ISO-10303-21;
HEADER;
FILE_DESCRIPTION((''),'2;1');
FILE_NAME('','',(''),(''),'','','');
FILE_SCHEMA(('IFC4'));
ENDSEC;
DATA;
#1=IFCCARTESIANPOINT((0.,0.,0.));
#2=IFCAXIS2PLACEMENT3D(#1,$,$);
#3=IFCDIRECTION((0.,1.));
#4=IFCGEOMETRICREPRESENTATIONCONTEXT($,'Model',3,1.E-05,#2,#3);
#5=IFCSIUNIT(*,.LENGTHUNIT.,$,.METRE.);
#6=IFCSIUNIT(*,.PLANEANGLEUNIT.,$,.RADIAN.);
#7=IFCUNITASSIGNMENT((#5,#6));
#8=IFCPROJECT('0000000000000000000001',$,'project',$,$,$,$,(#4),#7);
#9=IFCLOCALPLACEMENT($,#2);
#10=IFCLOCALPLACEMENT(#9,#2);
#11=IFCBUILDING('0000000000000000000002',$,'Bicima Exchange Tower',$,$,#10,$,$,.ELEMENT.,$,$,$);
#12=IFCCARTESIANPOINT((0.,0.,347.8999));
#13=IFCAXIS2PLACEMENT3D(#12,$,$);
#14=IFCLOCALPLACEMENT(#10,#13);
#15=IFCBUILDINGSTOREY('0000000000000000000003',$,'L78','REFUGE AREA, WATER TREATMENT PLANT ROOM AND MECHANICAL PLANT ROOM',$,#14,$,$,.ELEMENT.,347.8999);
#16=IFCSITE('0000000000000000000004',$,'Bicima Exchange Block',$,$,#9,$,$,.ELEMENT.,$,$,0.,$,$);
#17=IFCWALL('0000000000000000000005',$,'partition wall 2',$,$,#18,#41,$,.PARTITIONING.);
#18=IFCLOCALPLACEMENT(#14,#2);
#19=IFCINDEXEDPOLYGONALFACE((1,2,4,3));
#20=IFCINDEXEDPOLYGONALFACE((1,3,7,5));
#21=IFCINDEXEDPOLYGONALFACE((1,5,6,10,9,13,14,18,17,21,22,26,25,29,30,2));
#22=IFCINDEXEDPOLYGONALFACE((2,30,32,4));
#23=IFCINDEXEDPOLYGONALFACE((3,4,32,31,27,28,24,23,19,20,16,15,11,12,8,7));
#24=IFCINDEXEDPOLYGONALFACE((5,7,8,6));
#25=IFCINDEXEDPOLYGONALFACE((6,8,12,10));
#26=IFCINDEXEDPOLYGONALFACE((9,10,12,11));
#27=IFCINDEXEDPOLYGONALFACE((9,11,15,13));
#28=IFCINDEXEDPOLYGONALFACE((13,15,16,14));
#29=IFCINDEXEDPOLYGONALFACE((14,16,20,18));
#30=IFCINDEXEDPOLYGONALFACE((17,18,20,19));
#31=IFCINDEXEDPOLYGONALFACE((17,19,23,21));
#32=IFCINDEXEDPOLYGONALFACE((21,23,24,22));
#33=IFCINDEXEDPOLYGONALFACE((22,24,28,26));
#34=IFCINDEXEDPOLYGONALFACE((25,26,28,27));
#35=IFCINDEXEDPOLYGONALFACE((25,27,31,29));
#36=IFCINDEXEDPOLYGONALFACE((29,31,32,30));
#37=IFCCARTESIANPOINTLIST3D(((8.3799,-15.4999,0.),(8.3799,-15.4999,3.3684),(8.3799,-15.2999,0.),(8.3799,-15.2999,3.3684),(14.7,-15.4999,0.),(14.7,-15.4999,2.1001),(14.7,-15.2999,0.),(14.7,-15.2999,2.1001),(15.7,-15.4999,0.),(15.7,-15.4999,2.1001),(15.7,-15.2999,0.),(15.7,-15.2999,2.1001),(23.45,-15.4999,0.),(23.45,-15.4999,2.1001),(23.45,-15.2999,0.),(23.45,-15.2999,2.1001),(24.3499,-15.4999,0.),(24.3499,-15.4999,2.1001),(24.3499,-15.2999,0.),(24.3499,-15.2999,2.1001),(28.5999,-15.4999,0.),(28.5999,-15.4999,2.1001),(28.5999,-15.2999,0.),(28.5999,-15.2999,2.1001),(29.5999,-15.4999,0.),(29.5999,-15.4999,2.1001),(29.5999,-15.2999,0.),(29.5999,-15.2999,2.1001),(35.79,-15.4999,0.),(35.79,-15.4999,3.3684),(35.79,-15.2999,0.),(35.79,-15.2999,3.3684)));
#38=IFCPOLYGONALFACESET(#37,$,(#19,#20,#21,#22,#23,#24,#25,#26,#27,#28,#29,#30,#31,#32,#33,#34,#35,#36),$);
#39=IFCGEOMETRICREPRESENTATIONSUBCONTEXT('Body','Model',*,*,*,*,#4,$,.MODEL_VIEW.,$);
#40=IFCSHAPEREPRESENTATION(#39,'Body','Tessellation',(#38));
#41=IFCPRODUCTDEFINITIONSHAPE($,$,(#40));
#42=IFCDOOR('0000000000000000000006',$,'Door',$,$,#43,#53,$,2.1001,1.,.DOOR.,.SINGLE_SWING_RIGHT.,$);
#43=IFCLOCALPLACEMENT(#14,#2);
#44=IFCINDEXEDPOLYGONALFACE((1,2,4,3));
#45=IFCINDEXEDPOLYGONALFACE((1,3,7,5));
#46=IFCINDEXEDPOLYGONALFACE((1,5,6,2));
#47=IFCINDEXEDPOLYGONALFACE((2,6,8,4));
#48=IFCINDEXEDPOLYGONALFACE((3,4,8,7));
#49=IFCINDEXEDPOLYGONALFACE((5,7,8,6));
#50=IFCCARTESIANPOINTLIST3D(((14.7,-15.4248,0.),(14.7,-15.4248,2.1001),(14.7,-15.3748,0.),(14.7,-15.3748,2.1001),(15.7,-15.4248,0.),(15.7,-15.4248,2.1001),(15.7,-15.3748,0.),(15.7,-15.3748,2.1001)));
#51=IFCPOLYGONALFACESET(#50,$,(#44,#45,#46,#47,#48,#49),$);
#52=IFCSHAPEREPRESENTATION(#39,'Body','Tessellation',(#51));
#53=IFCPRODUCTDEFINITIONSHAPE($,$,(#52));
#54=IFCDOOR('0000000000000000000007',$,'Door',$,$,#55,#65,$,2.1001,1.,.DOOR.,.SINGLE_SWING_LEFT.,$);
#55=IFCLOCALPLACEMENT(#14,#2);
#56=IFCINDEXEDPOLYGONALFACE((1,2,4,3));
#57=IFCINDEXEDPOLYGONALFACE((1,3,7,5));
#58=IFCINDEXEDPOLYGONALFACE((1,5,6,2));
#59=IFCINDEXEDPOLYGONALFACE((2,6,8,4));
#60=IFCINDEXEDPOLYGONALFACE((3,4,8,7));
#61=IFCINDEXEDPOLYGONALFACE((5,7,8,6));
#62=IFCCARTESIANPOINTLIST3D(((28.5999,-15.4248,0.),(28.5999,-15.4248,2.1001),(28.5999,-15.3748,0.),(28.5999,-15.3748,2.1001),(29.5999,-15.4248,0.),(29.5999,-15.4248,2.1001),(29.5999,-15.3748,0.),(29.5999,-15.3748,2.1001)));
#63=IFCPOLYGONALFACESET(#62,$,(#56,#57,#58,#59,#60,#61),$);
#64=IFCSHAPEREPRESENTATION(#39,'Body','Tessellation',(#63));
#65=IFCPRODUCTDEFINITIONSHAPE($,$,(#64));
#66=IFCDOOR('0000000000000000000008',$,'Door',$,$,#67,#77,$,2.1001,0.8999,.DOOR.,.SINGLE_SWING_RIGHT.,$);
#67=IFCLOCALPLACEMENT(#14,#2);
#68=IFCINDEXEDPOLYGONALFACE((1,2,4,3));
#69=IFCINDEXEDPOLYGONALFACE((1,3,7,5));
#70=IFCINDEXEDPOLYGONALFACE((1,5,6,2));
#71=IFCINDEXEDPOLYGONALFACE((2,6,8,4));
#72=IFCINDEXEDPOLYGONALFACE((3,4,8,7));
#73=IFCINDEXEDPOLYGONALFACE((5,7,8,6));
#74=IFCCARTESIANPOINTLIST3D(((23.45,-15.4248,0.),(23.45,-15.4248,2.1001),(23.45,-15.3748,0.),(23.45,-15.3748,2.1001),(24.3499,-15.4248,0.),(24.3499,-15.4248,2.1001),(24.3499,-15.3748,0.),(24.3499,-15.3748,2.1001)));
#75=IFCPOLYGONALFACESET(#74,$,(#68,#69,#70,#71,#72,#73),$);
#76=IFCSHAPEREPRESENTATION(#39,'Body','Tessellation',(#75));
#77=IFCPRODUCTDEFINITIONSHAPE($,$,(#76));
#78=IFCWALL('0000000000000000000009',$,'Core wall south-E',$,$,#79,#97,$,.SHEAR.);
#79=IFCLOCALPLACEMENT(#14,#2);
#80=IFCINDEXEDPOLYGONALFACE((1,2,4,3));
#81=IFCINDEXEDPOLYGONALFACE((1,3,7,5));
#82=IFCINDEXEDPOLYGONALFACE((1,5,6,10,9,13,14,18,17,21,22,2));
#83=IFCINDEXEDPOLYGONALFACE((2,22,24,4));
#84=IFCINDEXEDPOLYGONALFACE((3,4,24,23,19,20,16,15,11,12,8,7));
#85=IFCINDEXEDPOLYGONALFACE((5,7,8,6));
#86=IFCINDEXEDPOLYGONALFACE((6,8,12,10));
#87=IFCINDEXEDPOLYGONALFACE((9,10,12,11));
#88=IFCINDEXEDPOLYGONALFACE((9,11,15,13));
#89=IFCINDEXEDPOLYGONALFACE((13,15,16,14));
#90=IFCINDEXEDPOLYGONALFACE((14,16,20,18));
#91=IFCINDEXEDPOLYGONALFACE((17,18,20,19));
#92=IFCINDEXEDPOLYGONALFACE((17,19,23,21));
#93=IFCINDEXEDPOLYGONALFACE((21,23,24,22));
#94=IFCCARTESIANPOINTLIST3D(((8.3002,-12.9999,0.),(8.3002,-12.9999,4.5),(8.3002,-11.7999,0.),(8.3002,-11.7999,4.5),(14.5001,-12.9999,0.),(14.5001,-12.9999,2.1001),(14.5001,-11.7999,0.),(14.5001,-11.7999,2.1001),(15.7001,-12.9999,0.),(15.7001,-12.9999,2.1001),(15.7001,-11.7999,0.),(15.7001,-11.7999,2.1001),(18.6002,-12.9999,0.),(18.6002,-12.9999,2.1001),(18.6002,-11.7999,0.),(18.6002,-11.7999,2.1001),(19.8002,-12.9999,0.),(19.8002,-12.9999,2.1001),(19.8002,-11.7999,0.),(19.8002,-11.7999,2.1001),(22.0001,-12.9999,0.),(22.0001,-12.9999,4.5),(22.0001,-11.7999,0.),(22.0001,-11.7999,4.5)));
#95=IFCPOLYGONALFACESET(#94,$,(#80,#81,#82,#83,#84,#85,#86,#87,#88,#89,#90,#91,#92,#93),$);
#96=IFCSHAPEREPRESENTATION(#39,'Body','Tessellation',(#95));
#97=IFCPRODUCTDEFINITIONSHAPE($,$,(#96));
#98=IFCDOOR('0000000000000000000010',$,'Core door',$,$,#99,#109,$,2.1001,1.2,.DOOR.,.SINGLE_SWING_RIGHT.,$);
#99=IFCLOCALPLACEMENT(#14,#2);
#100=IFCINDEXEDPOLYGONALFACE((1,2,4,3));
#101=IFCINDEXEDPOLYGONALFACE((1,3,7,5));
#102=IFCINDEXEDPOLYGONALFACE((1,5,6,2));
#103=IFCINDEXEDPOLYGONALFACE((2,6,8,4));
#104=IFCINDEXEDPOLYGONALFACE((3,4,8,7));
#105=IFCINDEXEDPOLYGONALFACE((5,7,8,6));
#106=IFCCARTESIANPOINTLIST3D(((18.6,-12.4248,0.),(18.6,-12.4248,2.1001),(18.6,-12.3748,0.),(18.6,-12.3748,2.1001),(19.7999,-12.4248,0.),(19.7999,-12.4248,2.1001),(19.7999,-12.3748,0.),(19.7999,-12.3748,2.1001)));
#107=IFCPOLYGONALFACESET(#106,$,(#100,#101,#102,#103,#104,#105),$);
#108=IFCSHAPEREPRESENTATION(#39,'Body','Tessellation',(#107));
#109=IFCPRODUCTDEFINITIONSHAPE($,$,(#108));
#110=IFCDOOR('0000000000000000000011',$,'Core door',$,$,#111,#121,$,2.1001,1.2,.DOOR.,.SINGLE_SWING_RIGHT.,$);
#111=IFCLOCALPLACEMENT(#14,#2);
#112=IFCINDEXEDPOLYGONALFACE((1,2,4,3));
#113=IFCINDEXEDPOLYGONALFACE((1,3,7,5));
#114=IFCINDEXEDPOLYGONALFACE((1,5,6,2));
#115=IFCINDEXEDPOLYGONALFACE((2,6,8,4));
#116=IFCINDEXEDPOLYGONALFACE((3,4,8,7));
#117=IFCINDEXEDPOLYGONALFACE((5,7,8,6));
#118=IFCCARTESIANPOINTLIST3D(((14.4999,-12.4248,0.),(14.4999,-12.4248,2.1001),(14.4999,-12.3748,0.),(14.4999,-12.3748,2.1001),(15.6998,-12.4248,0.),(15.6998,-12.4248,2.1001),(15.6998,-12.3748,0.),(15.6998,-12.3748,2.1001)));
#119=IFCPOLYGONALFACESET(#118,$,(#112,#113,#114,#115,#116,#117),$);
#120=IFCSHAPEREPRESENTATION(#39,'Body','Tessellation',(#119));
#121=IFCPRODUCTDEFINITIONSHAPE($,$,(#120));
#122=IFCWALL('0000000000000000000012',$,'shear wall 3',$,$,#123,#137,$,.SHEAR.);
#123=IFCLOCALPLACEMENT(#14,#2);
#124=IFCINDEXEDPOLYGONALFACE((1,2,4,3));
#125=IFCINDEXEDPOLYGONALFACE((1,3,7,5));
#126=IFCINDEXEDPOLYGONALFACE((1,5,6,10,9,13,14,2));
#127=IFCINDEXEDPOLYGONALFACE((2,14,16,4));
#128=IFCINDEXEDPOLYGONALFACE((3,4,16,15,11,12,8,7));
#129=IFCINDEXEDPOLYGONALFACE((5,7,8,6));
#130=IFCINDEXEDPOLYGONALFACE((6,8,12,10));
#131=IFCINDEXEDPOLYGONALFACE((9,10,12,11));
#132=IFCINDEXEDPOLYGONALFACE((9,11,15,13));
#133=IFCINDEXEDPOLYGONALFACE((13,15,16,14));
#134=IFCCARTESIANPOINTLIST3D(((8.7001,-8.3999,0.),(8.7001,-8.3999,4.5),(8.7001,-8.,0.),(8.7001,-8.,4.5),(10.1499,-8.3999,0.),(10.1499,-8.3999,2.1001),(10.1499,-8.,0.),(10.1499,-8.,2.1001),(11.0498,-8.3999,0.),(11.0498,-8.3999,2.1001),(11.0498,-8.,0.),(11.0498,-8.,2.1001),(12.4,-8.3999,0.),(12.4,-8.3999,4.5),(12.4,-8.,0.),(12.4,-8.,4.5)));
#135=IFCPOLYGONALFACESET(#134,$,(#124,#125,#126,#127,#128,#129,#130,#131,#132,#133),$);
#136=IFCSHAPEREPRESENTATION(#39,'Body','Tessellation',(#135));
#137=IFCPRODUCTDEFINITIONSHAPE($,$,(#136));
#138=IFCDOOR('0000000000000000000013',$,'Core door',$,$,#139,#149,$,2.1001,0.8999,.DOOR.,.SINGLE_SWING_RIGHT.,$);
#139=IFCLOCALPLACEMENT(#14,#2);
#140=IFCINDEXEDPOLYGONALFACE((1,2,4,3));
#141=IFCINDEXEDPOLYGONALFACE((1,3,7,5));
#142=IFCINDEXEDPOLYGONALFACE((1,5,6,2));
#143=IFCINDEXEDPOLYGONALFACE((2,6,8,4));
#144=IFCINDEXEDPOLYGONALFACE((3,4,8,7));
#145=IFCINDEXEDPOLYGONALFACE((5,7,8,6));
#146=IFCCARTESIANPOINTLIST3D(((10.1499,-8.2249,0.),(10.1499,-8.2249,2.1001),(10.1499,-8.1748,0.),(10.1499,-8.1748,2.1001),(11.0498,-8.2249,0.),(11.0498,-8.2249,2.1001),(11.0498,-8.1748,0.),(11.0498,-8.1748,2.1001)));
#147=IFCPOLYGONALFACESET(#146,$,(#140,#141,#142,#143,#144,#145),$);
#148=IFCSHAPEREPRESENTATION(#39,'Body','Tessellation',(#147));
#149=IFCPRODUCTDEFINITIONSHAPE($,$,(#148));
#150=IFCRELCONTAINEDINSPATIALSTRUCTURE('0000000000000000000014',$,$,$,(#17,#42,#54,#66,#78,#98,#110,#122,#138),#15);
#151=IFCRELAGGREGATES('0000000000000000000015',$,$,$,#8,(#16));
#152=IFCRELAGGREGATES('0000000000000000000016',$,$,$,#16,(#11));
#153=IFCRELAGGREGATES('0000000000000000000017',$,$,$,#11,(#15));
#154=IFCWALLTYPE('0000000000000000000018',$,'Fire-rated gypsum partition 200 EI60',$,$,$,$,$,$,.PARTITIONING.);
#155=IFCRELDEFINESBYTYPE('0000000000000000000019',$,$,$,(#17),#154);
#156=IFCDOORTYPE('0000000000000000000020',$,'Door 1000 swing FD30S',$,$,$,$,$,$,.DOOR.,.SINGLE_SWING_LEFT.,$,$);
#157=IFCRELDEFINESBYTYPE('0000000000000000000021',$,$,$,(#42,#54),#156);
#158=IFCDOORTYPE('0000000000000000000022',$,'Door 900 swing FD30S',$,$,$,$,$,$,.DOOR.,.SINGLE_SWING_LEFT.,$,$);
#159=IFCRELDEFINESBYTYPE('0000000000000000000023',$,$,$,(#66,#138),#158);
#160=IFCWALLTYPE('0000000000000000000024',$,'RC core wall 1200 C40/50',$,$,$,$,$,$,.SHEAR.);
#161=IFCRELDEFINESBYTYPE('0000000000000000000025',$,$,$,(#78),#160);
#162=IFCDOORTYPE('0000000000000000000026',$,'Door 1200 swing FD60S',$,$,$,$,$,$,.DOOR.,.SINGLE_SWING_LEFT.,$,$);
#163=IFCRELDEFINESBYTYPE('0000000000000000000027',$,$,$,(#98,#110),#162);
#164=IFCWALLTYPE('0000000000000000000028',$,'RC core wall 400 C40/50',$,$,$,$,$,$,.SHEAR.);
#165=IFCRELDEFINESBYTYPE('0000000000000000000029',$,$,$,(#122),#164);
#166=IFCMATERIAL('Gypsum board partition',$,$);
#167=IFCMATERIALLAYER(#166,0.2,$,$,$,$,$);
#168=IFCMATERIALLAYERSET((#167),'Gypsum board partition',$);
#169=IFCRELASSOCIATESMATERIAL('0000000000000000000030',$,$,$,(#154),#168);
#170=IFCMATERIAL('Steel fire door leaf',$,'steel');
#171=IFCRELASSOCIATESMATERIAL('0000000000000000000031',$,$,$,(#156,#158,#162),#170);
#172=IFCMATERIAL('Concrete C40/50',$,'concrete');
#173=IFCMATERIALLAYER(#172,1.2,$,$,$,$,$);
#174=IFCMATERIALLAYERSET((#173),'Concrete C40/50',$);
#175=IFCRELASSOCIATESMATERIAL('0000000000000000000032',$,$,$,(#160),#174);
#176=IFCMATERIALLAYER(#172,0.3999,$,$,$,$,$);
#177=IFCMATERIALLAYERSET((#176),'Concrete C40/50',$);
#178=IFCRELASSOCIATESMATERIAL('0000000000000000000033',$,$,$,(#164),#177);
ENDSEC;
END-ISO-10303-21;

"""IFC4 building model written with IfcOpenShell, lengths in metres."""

from ifc_helpers import new_model, si_unit, direction, frame, frame_2d, origin, place, context, subcontext, project, spatial, rectangle, extrude, material, layer, layer_set, type_object, element, fill, save


model = new_model("IFC4")

# Units and contexts
model_context = context("Model", 3, precision=1e-05, world=origin(), true_north=direction((0.0, 1.0)))
body_context = subcontext(model_context, "Body", "Model", "MODEL_VIEW")
ifc_project = project(units=[si_unit("LENGTHUNIT", "METRE"), si_unit("PLANEANGLEUNIT", "RADIAN")], contexts=[model_context])

# Site, building, storey
site_placement = place(None, origin())
site = spatial("IfcSite", under=ifc_project, at=site_placement, Name="Bicima Exchange Block", CompositionType="ELEMENT", RefElevation=0.0)
building_placement = place(site_placement, origin())
building = spatial("IfcBuilding", under=site, at=building_placement, Name="Bicima Exchange Tower", CompositionType="ELEMENT")
storey_placement = place(building_placement, frame((0.0, 0.0, 347.8999)))
storey = spatial("IfcBuildingStorey", under=building, at=storey_placement, Name="L78", Description="REFUGE AREA, WATER TREATMENT PLANT ROOM AND MECHANICAL PLANT ROOM", CompositionType="ELEMENT", Elevation=347.8999)

# Shared definitions
ifc_material_1 = material(Name="Concrete C40/50", Category="concrete")

# Walls, openings, doors
ifc_material_2 = material(Name="Gypsum board partition")
ifc_layer_1 = layer(ifc_material_2, 0.2)
ifc_layer_set_1 = layer_set([ifc_layer_1], Name="Gypsum board partition")
wall_type_1 = type_object("IfcWallType", Name="Fire-rated gypsum partition 200 EI60", PredefinedType="PARTITIONING", material=ifc_layer_set_1)
wall_1_placement = place(storey_placement, frame((8.3799, -15.3999, 0.0), z_axis=(0.0, 0.0, 1.0), x_axis=(1.0, 0.0, 0.0)))
wall_1 = element("IfcWall", 1, at=wall_1_placement, inside=storey, type_object=wall_type_1, Name="partition wall 2", PredefinedType="PARTITIONING", context=body_context, shape_type="SweptSolid", body=[
    extrude(rectangle(XDim=27.4102, YDim=0.2, at=frame_2d((13.7051, 0.0))), origin(), (0.0, 0.0, 1.0), 3.3684),
])
opening_1_placement = place(wall_1_placement, frame((6.3201, 0.0, 0.0)))
opening_1 = element("IfcOpeningElement", 2, at=opening_1_placement, cuts=wall_1, PredefinedType="OPENING", context=body_context, shape_type="SweptSolid", body=[
    extrude(rectangle(XDim=1.0, YDim=2.1001, at=frame_2d((0.5, 1.05))), frame((0.0, 0.1118, 0.0), z_axis=(0.0, -1.0, 0.0), x_axis=(1.0, 0.0, 0.0)), (0.0, 0.0, 1.0), 0.2239),
])
opening_2_placement = place(wall_1_placement, frame((15.0701, 0.0, 0.0)))
opening_2 = element("IfcOpeningElement", 3, at=opening_2_placement, cuts=wall_1, PredefinedType="OPENING", context=body_context, shape_type="SweptSolid", body=[
    extrude(rectangle(XDim=0.8999, YDim=2.1001, at=frame_2d((0.45, 1.05))), frame((0.0, 0.1118, 0.0), z_axis=(0.0, -1.0, 0.0), x_axis=(1.0, 0.0, 0.0)), (0.0, 0.0, 1.0), 0.2239),
])
opening_3_placement = place(wall_1_placement, frame((20.22, 0.0, 0.0)))
opening_3 = element("IfcOpeningElement", 4, at=opening_3_placement, cuts=wall_1, PredefinedType="OPENING", context=body_context, shape_type="SweptSolid", body=[
    extrude(rectangle(XDim=1.0, YDim=2.1001, at=frame_2d((0.5, 1.05))), frame((0.0, 0.1118, 0.0), z_axis=(0.0, -1.0, 0.0), x_axis=(1.0, 0.0, 0.0)), (0.0, 0.0, 1.0), 0.2239),
])
ifc_material_3 = material(Name="Steel fire door leaf", Category="steel")
door_type_1 = type_object("IfcDoorType", Name="Door 1000 swing FD30S", OperationType="SINGLE_SWING_LEFT", PredefinedType="DOOR", material=ifc_material_3)
door_1_placement = place(opening_1_placement, frame((1.0, 0.0, 0.0), z_axis=(0.0, 0.0, 1.0), x_axis=(-1.0, 0.0, 0.0)))
door_1 = element("IfcDoor", 5, at=door_1_placement, inside=storey, type_object=door_type_1, Name="Door", OperationType="SINGLE_SWING_RIGHT", OverallHeight=2.1001, OverallWidth=1.0, PredefinedType="DOOR", context=body_context, shape_type="SweptSolid", body=[
    extrude(rectangle(XDim=1.0, YDim=2.1001, at=frame_2d((0.5, 1.05))), frame((0.0, 0.0249, 0.0), z_axis=(0.0, -1.0, 0.0), x_axis=(1.0, 0.0, 0.0)), (0.0, 0.0, 1.0), 0.05),
])
fill(opening_1, door_1)
door_2_placement = place(opening_3_placement, frame((1.0, 0.0, 0.0), z_axis=(0.0, 0.0, 1.0), x_axis=(-1.0, 0.0, 0.0)))
door_2 = element("IfcDoor", 6, at=door_2_placement, inside=storey, type_object=door_type_1, Name="Door", OperationType="SINGLE_SWING_LEFT", OverallHeight=2.1001, OverallWidth=1.0, PredefinedType="DOOR", context=body_context, shape_type="SweptSolid", body=[
    extrude(rectangle(XDim=1.0, YDim=2.1001, at=frame_2d((0.5, 1.05))), frame((0.0, 0.0249, 0.0), z_axis=(0.0, -1.0, 0.0), x_axis=(1.0, 0.0, 0.0)), (0.0, 0.0, 1.0), 0.05),
])
fill(opening_3, door_2)
door_type_2 = type_object("IfcDoorType", Name="Door 900 swing FD30S", OperationType="SINGLE_SWING_LEFT", PredefinedType="DOOR", material=ifc_material_3)
door_3_placement = place(opening_2_placement, frame((0.8999, 0.0, 0.0), z_axis=(0.0, 0.0, 1.0), x_axis=(-1.0, 0.0, 0.0)))
door_3 = element("IfcDoor", 7, at=door_3_placement, inside=storey, type_object=door_type_2, Name="Door", OperationType="SINGLE_SWING_RIGHT", OverallHeight=2.1001, OverallWidth=0.8999, PredefinedType="DOOR", context=body_context, shape_type="SweptSolid", body=[
    extrude(rectangle(XDim=0.8999, YDim=2.1001, at=frame_2d((0.45, 1.05))), frame((0.0, 0.0249, 0.0), z_axis=(0.0, -1.0, 0.0), x_axis=(1.0, 0.0, 0.0)), (0.0, 0.0, 1.0), 0.05),
])
fill(opening_2, door_3)
ifc_layer_2 = layer(ifc_material_1, 1.2)
ifc_layer_set_2 = layer_set([ifc_layer_2], Name="Concrete C40/50")
wall_type_2 = type_object("IfcWallType", Name="RC core wall 1200 C40/50", PredefinedType="SHEAR", material=ifc_layer_set_2)
wall_2_placement = place(storey_placement, frame((8.3, -12.3999, 0.0), z_axis=(0.0, 0.0, 1.0), x_axis=(1.0, 0.0, 0.0)))
wall_2 = element("IfcWall", 8, at=wall_2_placement, inside=storey, type_object=wall_type_2, Name="Core wall south-E", PredefinedType="SHEAR", context=body_context, shape_type="SweptSolid", body=[
    extrude(rectangle(XDim=13.7, YDim=1.2, at=frame_2d((6.8501, 0.0))), origin(), (0.0, 0.0, 1.0), 4.5),
])
opening_4_placement = place(wall_2_placement, frame((10.3, 0.0, 0.0)))
opening_4 = element("IfcOpeningElement", 9, at=opening_4_placement, cuts=wall_2, PredefinedType="OPENING", context=body_context, shape_type="SweptSolid", body=[
    extrude(rectangle(XDim=1.2, YDim=2.1001, at=frame_2d((0.6001, 1.05))), frame((0.0, 0.6118, 0.0), z_axis=(0.0, -1.0, 0.0), x_axis=(1.0, 0.0, 0.0)), (0.0, 0.0, 1.0), 1.2239),
])
opening_5_placement = place(wall_2_placement, frame((6.2, 0.0, 0.0)))
opening_5 = element("IfcOpeningElement", 10, at=opening_5_placement, cuts=wall_2, PredefinedType="OPENING", context=body_context, shape_type="SweptSolid", body=[
    extrude(rectangle(XDim=1.2, YDim=2.1001, at=frame_2d((0.6001, 1.05))), frame((0.0, 0.6118, 0.0), z_axis=(0.0, -1.0, 0.0), x_axis=(1.0, 0.0, 0.0)), (0.0, 0.0, 1.0), 1.2239),
])
door_type_3 = type_object("IfcDoorType", Name="Door 1200 swing FD60S", OperationType="SINGLE_SWING_LEFT", PredefinedType="DOOR", material=ifc_material_3)
door_4_placement = place(opening_4_placement, frame((1.2, 0.0, 0.0), z_axis=(0.0, 0.0, 1.0), x_axis=(-1.0, 0.0, 0.0)))
door_4 = element("IfcDoor", 11, at=door_4_placement, inside=storey, type_object=door_type_3, Name="Core door", OperationType="SINGLE_SWING_RIGHT", OverallHeight=2.1001, OverallWidth=1.2, PredefinedType="DOOR", context=body_context, shape_type="SweptSolid", body=[
    extrude(rectangle(XDim=1.2, YDim=2.1001, at=frame_2d((0.6001, 1.05))), frame((0.0, 0.0249, 0.0), z_axis=(0.0, -1.0, 0.0), x_axis=(1.0, 0.0, 0.0)), (0.0, 0.0, 1.0), 0.05),
])
fill(opening_4, door_4)
door_5_placement = place(opening_5_placement, frame((1.2, 0.0, 0.0), z_axis=(0.0, 0.0, 1.0), x_axis=(-1.0, 0.0, 0.0)))
door_5 = element("IfcDoor", 12, at=door_5_placement, inside=storey, type_object=door_type_3, Name="Core door", OperationType="SINGLE_SWING_RIGHT", OverallHeight=2.1001, OverallWidth=1.2, PredefinedType="DOOR", context=body_context, shape_type="SweptSolid", body=[
    extrude(rectangle(XDim=1.2, YDim=2.1001, at=frame_2d((0.6001, 1.05))), frame((0.0, 0.0249, 0.0), z_axis=(0.0, -1.0, 0.0), x_axis=(1.0, 0.0, 0.0)), (0.0, 0.0, 1.0), 0.05),
])
fill(opening_5, door_5)

# Wall, opening, door
ifc_layer_3 = layer(ifc_material_1, 0.3999)
ifc_layer_set_3 = layer_set([ifc_layer_3], Name="Concrete C40/50")
wall_type_3 = type_object("IfcWallType", Name="RC core wall 400 C40/50", PredefinedType="SHEAR", material=ifc_layer_set_3)
wall_3_placement = place(storey_placement, frame((8.7, -8.2, 0.0), z_axis=(0.0, 0.0, 1.0), x_axis=(1.0, 0.0, 0.0)))
wall_3 = element("IfcWall", 13, at=wall_3_placement, inside=storey, type_object=wall_type_3, Name="shear wall 3", PredefinedType="SHEAR", context=body_context, shape_type="SweptSolid", body=[
    extrude(rectangle(XDim=3.7, YDim=0.3999, at=frame_2d((1.8501, 0.0))), origin(), (0.0, 0.0, 1.0), 4.5),
])
opening_6_placement = place(wall_3_placement, frame((1.45, 0.0, 0.0)))
opening_6 = element("IfcOpeningElement", 14, at=opening_6_placement, cuts=wall_3, PredefinedType="OPENING", context=body_context, shape_type="SweptSolid", body=[
    extrude(rectangle(XDim=0.8999, YDim=2.1001, at=frame_2d((0.45, 1.05))), frame((0.0, 0.2119, 0.0), z_axis=(0.0, -1.0, 0.0), x_axis=(1.0, 0.0, 0.0)), (0.0, 0.0, 1.0), 0.4238),
])
door_6_placement = place(opening_6_placement, frame((0.8999, 0.0, 0.0), z_axis=(0.0, 0.0, 1.0), x_axis=(-1.0, 0.0, 0.0)))
door_6 = element("IfcDoor", 15, at=door_6_placement, inside=storey, type_object=door_type_2, Name="Core door", OperationType="SINGLE_SWING_RIGHT", OverallHeight=2.1001, OverallWidth=0.8999, PredefinedType="DOOR", context=body_context, shape_type="SweptSolid", body=[
    extrude(rectangle(XDim=0.8999, YDim=2.1001, at=frame_2d((0.45, 1.05))), frame((0.0, 0.0249, 0.0), z_axis=(0.0, -1.0, 0.0), x_axis=(1.0, 0.0, 0.0)), (0.0, 0.0, 1.0), 0.05),
])
fill(opening_6, door_6)

save(model, "model.ifc")
